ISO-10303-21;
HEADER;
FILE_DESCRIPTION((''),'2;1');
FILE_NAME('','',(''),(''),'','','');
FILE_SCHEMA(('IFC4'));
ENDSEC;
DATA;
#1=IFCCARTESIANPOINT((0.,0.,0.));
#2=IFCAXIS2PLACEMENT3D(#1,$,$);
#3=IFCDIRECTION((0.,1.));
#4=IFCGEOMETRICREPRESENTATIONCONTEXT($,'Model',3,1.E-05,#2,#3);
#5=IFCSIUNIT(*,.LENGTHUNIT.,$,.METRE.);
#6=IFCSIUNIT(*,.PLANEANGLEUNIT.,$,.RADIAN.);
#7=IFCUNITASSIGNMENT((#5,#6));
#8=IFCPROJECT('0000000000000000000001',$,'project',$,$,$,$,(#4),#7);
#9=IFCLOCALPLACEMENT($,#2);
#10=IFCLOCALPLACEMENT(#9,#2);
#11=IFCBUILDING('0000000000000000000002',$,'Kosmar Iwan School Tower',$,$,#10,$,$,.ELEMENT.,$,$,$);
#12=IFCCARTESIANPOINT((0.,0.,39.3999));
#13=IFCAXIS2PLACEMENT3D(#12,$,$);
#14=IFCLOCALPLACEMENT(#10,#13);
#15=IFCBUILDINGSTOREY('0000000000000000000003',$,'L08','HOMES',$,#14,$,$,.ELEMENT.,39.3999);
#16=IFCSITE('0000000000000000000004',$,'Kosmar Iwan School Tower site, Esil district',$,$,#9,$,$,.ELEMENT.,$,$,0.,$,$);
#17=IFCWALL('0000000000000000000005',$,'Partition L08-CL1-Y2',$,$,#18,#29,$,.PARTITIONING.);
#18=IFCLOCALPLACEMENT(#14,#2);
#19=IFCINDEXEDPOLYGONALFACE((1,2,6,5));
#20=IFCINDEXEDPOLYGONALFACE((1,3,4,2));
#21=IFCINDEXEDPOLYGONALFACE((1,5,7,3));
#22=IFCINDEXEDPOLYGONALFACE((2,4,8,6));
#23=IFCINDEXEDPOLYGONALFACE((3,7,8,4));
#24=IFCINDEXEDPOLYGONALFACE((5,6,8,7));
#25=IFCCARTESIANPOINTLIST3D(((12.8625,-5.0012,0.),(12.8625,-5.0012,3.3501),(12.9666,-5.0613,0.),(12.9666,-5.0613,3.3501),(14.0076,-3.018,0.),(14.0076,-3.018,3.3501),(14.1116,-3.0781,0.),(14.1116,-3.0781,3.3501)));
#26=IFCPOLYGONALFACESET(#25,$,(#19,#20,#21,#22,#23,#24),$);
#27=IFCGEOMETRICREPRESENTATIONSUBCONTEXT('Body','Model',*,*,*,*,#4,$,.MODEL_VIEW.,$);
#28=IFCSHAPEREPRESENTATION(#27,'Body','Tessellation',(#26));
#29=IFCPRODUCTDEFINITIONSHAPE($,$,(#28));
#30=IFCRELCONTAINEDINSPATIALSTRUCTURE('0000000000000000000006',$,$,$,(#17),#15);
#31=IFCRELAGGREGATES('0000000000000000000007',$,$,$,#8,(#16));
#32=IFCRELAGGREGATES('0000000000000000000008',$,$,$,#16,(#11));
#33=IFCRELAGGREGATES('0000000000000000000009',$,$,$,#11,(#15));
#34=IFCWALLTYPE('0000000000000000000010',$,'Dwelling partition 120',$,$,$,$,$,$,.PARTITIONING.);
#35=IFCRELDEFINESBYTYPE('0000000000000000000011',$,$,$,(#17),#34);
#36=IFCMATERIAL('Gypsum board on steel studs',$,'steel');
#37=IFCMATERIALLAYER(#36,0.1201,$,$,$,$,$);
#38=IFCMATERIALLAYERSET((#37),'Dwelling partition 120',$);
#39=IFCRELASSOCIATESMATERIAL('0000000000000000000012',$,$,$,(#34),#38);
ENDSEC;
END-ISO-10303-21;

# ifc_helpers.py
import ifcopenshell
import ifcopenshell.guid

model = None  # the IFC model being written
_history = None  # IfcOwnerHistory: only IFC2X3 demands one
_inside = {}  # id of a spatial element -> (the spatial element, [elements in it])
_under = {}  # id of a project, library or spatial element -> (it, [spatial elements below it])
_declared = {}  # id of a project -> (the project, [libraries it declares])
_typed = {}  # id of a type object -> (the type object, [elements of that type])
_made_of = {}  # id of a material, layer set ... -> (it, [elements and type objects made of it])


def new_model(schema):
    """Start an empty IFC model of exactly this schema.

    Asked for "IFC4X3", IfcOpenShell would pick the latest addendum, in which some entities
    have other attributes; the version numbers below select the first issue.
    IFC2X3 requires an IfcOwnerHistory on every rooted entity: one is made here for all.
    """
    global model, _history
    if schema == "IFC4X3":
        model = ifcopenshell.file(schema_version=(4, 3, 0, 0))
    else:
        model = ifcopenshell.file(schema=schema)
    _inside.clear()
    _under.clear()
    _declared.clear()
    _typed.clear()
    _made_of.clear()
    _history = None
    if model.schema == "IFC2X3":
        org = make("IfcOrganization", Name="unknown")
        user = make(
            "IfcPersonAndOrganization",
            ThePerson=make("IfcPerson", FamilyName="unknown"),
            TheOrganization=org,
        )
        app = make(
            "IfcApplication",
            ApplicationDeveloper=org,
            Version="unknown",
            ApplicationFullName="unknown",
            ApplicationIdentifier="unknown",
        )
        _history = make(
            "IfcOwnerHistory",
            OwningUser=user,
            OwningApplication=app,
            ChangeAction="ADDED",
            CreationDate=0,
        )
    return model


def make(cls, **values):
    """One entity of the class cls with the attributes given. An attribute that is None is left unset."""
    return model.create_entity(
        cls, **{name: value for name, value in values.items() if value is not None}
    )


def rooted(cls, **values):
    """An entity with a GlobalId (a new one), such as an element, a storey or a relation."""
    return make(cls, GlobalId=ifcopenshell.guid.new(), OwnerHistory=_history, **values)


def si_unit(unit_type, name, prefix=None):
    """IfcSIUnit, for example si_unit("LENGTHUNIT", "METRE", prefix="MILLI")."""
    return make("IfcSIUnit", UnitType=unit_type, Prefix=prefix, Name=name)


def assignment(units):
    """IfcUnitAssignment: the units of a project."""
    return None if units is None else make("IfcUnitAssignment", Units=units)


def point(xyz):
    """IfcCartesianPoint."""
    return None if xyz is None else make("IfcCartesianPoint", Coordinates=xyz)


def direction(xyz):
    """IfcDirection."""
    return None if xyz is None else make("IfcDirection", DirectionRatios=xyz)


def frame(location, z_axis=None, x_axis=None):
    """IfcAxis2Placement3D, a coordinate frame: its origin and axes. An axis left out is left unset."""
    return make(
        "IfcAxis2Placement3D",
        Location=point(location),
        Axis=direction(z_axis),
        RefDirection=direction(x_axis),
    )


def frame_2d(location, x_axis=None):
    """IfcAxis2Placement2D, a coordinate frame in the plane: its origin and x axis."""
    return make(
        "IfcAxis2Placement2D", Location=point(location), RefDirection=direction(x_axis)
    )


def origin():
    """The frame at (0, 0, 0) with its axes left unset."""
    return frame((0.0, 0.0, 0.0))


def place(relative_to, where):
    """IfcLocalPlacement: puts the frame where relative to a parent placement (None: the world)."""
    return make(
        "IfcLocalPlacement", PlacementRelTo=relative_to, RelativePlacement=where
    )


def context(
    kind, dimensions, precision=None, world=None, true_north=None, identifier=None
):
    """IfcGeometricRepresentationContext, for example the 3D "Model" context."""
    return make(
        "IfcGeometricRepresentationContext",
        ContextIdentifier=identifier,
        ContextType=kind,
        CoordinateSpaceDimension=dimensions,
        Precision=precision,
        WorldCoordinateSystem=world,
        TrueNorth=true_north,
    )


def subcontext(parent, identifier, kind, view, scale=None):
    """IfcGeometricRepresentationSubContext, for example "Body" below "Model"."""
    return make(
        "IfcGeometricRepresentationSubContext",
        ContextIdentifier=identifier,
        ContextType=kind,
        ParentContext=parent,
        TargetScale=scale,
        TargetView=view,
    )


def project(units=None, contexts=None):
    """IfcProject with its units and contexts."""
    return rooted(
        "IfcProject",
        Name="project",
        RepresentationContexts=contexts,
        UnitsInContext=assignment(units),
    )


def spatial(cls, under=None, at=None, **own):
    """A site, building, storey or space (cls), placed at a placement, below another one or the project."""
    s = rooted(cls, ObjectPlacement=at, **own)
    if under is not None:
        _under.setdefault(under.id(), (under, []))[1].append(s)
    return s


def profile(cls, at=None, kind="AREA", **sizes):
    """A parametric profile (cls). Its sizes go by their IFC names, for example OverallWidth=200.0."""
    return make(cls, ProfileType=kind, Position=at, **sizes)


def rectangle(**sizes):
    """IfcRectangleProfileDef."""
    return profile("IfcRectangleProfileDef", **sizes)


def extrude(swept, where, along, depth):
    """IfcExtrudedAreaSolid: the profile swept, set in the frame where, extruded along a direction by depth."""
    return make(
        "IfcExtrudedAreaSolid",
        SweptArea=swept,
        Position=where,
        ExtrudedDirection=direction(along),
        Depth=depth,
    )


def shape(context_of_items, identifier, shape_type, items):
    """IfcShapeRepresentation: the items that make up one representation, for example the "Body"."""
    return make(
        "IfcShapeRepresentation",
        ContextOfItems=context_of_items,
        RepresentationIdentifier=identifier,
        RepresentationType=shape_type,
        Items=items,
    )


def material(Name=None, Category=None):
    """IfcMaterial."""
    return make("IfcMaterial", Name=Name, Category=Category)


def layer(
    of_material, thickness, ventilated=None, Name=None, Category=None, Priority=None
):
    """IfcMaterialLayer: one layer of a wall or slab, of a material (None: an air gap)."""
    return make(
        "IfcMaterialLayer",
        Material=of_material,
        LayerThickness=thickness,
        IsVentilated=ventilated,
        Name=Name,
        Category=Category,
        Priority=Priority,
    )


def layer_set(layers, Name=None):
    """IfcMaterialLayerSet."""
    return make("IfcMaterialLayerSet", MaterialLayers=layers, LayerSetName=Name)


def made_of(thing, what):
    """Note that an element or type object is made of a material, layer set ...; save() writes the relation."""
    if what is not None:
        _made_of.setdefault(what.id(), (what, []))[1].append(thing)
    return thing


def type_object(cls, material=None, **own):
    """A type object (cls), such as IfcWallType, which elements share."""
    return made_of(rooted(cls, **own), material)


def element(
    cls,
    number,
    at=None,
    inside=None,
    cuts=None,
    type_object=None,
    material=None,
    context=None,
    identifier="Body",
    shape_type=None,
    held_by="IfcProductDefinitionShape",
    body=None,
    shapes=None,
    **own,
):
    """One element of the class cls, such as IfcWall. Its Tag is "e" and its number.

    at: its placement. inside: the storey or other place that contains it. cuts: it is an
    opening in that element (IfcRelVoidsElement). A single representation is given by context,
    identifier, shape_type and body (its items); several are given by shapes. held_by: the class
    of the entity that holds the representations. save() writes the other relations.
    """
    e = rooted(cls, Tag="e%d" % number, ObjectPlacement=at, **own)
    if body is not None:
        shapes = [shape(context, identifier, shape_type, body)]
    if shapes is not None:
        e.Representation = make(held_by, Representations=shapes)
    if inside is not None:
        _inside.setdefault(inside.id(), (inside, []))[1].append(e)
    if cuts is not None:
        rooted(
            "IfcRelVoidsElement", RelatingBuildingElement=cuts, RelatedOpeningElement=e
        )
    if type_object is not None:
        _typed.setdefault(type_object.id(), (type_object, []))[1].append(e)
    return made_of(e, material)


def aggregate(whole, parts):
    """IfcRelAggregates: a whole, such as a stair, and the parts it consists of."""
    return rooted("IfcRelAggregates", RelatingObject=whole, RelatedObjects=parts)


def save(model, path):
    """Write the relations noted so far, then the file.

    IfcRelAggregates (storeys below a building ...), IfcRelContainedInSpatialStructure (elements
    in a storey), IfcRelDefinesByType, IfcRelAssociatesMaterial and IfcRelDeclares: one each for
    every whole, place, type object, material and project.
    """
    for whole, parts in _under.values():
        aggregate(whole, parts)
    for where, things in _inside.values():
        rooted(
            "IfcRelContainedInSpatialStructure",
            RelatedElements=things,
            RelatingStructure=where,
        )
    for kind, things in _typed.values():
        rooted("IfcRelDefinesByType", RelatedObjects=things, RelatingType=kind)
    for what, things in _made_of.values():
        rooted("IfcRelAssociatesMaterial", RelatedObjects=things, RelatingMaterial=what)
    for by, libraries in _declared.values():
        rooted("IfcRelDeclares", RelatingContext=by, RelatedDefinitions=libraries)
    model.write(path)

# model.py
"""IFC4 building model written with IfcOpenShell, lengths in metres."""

from ifc_helpers import new_model, si_unit, direction, frame, frame_2d, origin, place, context, subcontext, project, spatial, rectangle, extrude, material, layer, layer_set, type_object, element, save


model = new_model("IFC4")

# Units and contexts
model_context = context("Model", 3, precision=1e-05, world=origin(), true_north=direction((0.0, 1.0)))
body_context = subcontext(model_context, "Body", "Model", "MODEL_VIEW")
ifc_project = project(units=[si_unit("LENGTHUNIT", "METRE"), si_unit("PLANEANGLEUNIT", "RADIAN")], contexts=[model_context])

# Site, building, storey
site_placement = place(None, origin())
site = spatial("IfcSite", under=ifc_project, at=site_placement, Name="Kosmar Iwan School Tower site, Esil district", CompositionType="ELEMENT", RefElevation=0.0)
building_placement = place(site_placement, origin())
building = spatial("IfcBuilding", under=site, at=building_placement, Name="Kosmar Iwan School Tower", CompositionType="ELEMENT")
storey_placement = place(building_placement, frame((0.0, 0.0, 39.3999)))
storey = spatial("IfcBuildingStorey", under=building, at=storey_placement, Name="L08", Description="HOMES", CompositionType="ELEMENT", Elevation=39.3999)

# Shared definitions
ifc_material_1 = material(Name="Gypsum board on steel studs", Category="steel")
ifc_layer = layer(ifc_material_1, 0.1201)
ifc_layer_set = layer_set([ifc_layer], Name="Dwelling partition 120")
wall_type = type_object("IfcWallType", Name="Dwelling partition 120", PredefinedType="PARTITIONING", material=ifc_layer_set)

# Wall
wall_1_placement = place(storey_placement, frame((12.9146, -5.0312, 0.0), z_axis=(0.0, 0.0, 1.0), x_axis=(0.500015, 0.866017, 0.0)))
element("IfcWall", 1, at=wall_1_placement, inside=storey, type_object=wall_type, Name="Partition L08-CL1-Y2", PredefinedType="PARTITIONING", context=body_context, shape_type="SweptSolid", body=[
    extrude(rectangle(XDim=2.29, YDim=0.1201, at=frame_2d((1.145, 0.0))), origin(), (0.0, 0.0, 1.0), 3.3501),
])

save(model, "model.ifc")
